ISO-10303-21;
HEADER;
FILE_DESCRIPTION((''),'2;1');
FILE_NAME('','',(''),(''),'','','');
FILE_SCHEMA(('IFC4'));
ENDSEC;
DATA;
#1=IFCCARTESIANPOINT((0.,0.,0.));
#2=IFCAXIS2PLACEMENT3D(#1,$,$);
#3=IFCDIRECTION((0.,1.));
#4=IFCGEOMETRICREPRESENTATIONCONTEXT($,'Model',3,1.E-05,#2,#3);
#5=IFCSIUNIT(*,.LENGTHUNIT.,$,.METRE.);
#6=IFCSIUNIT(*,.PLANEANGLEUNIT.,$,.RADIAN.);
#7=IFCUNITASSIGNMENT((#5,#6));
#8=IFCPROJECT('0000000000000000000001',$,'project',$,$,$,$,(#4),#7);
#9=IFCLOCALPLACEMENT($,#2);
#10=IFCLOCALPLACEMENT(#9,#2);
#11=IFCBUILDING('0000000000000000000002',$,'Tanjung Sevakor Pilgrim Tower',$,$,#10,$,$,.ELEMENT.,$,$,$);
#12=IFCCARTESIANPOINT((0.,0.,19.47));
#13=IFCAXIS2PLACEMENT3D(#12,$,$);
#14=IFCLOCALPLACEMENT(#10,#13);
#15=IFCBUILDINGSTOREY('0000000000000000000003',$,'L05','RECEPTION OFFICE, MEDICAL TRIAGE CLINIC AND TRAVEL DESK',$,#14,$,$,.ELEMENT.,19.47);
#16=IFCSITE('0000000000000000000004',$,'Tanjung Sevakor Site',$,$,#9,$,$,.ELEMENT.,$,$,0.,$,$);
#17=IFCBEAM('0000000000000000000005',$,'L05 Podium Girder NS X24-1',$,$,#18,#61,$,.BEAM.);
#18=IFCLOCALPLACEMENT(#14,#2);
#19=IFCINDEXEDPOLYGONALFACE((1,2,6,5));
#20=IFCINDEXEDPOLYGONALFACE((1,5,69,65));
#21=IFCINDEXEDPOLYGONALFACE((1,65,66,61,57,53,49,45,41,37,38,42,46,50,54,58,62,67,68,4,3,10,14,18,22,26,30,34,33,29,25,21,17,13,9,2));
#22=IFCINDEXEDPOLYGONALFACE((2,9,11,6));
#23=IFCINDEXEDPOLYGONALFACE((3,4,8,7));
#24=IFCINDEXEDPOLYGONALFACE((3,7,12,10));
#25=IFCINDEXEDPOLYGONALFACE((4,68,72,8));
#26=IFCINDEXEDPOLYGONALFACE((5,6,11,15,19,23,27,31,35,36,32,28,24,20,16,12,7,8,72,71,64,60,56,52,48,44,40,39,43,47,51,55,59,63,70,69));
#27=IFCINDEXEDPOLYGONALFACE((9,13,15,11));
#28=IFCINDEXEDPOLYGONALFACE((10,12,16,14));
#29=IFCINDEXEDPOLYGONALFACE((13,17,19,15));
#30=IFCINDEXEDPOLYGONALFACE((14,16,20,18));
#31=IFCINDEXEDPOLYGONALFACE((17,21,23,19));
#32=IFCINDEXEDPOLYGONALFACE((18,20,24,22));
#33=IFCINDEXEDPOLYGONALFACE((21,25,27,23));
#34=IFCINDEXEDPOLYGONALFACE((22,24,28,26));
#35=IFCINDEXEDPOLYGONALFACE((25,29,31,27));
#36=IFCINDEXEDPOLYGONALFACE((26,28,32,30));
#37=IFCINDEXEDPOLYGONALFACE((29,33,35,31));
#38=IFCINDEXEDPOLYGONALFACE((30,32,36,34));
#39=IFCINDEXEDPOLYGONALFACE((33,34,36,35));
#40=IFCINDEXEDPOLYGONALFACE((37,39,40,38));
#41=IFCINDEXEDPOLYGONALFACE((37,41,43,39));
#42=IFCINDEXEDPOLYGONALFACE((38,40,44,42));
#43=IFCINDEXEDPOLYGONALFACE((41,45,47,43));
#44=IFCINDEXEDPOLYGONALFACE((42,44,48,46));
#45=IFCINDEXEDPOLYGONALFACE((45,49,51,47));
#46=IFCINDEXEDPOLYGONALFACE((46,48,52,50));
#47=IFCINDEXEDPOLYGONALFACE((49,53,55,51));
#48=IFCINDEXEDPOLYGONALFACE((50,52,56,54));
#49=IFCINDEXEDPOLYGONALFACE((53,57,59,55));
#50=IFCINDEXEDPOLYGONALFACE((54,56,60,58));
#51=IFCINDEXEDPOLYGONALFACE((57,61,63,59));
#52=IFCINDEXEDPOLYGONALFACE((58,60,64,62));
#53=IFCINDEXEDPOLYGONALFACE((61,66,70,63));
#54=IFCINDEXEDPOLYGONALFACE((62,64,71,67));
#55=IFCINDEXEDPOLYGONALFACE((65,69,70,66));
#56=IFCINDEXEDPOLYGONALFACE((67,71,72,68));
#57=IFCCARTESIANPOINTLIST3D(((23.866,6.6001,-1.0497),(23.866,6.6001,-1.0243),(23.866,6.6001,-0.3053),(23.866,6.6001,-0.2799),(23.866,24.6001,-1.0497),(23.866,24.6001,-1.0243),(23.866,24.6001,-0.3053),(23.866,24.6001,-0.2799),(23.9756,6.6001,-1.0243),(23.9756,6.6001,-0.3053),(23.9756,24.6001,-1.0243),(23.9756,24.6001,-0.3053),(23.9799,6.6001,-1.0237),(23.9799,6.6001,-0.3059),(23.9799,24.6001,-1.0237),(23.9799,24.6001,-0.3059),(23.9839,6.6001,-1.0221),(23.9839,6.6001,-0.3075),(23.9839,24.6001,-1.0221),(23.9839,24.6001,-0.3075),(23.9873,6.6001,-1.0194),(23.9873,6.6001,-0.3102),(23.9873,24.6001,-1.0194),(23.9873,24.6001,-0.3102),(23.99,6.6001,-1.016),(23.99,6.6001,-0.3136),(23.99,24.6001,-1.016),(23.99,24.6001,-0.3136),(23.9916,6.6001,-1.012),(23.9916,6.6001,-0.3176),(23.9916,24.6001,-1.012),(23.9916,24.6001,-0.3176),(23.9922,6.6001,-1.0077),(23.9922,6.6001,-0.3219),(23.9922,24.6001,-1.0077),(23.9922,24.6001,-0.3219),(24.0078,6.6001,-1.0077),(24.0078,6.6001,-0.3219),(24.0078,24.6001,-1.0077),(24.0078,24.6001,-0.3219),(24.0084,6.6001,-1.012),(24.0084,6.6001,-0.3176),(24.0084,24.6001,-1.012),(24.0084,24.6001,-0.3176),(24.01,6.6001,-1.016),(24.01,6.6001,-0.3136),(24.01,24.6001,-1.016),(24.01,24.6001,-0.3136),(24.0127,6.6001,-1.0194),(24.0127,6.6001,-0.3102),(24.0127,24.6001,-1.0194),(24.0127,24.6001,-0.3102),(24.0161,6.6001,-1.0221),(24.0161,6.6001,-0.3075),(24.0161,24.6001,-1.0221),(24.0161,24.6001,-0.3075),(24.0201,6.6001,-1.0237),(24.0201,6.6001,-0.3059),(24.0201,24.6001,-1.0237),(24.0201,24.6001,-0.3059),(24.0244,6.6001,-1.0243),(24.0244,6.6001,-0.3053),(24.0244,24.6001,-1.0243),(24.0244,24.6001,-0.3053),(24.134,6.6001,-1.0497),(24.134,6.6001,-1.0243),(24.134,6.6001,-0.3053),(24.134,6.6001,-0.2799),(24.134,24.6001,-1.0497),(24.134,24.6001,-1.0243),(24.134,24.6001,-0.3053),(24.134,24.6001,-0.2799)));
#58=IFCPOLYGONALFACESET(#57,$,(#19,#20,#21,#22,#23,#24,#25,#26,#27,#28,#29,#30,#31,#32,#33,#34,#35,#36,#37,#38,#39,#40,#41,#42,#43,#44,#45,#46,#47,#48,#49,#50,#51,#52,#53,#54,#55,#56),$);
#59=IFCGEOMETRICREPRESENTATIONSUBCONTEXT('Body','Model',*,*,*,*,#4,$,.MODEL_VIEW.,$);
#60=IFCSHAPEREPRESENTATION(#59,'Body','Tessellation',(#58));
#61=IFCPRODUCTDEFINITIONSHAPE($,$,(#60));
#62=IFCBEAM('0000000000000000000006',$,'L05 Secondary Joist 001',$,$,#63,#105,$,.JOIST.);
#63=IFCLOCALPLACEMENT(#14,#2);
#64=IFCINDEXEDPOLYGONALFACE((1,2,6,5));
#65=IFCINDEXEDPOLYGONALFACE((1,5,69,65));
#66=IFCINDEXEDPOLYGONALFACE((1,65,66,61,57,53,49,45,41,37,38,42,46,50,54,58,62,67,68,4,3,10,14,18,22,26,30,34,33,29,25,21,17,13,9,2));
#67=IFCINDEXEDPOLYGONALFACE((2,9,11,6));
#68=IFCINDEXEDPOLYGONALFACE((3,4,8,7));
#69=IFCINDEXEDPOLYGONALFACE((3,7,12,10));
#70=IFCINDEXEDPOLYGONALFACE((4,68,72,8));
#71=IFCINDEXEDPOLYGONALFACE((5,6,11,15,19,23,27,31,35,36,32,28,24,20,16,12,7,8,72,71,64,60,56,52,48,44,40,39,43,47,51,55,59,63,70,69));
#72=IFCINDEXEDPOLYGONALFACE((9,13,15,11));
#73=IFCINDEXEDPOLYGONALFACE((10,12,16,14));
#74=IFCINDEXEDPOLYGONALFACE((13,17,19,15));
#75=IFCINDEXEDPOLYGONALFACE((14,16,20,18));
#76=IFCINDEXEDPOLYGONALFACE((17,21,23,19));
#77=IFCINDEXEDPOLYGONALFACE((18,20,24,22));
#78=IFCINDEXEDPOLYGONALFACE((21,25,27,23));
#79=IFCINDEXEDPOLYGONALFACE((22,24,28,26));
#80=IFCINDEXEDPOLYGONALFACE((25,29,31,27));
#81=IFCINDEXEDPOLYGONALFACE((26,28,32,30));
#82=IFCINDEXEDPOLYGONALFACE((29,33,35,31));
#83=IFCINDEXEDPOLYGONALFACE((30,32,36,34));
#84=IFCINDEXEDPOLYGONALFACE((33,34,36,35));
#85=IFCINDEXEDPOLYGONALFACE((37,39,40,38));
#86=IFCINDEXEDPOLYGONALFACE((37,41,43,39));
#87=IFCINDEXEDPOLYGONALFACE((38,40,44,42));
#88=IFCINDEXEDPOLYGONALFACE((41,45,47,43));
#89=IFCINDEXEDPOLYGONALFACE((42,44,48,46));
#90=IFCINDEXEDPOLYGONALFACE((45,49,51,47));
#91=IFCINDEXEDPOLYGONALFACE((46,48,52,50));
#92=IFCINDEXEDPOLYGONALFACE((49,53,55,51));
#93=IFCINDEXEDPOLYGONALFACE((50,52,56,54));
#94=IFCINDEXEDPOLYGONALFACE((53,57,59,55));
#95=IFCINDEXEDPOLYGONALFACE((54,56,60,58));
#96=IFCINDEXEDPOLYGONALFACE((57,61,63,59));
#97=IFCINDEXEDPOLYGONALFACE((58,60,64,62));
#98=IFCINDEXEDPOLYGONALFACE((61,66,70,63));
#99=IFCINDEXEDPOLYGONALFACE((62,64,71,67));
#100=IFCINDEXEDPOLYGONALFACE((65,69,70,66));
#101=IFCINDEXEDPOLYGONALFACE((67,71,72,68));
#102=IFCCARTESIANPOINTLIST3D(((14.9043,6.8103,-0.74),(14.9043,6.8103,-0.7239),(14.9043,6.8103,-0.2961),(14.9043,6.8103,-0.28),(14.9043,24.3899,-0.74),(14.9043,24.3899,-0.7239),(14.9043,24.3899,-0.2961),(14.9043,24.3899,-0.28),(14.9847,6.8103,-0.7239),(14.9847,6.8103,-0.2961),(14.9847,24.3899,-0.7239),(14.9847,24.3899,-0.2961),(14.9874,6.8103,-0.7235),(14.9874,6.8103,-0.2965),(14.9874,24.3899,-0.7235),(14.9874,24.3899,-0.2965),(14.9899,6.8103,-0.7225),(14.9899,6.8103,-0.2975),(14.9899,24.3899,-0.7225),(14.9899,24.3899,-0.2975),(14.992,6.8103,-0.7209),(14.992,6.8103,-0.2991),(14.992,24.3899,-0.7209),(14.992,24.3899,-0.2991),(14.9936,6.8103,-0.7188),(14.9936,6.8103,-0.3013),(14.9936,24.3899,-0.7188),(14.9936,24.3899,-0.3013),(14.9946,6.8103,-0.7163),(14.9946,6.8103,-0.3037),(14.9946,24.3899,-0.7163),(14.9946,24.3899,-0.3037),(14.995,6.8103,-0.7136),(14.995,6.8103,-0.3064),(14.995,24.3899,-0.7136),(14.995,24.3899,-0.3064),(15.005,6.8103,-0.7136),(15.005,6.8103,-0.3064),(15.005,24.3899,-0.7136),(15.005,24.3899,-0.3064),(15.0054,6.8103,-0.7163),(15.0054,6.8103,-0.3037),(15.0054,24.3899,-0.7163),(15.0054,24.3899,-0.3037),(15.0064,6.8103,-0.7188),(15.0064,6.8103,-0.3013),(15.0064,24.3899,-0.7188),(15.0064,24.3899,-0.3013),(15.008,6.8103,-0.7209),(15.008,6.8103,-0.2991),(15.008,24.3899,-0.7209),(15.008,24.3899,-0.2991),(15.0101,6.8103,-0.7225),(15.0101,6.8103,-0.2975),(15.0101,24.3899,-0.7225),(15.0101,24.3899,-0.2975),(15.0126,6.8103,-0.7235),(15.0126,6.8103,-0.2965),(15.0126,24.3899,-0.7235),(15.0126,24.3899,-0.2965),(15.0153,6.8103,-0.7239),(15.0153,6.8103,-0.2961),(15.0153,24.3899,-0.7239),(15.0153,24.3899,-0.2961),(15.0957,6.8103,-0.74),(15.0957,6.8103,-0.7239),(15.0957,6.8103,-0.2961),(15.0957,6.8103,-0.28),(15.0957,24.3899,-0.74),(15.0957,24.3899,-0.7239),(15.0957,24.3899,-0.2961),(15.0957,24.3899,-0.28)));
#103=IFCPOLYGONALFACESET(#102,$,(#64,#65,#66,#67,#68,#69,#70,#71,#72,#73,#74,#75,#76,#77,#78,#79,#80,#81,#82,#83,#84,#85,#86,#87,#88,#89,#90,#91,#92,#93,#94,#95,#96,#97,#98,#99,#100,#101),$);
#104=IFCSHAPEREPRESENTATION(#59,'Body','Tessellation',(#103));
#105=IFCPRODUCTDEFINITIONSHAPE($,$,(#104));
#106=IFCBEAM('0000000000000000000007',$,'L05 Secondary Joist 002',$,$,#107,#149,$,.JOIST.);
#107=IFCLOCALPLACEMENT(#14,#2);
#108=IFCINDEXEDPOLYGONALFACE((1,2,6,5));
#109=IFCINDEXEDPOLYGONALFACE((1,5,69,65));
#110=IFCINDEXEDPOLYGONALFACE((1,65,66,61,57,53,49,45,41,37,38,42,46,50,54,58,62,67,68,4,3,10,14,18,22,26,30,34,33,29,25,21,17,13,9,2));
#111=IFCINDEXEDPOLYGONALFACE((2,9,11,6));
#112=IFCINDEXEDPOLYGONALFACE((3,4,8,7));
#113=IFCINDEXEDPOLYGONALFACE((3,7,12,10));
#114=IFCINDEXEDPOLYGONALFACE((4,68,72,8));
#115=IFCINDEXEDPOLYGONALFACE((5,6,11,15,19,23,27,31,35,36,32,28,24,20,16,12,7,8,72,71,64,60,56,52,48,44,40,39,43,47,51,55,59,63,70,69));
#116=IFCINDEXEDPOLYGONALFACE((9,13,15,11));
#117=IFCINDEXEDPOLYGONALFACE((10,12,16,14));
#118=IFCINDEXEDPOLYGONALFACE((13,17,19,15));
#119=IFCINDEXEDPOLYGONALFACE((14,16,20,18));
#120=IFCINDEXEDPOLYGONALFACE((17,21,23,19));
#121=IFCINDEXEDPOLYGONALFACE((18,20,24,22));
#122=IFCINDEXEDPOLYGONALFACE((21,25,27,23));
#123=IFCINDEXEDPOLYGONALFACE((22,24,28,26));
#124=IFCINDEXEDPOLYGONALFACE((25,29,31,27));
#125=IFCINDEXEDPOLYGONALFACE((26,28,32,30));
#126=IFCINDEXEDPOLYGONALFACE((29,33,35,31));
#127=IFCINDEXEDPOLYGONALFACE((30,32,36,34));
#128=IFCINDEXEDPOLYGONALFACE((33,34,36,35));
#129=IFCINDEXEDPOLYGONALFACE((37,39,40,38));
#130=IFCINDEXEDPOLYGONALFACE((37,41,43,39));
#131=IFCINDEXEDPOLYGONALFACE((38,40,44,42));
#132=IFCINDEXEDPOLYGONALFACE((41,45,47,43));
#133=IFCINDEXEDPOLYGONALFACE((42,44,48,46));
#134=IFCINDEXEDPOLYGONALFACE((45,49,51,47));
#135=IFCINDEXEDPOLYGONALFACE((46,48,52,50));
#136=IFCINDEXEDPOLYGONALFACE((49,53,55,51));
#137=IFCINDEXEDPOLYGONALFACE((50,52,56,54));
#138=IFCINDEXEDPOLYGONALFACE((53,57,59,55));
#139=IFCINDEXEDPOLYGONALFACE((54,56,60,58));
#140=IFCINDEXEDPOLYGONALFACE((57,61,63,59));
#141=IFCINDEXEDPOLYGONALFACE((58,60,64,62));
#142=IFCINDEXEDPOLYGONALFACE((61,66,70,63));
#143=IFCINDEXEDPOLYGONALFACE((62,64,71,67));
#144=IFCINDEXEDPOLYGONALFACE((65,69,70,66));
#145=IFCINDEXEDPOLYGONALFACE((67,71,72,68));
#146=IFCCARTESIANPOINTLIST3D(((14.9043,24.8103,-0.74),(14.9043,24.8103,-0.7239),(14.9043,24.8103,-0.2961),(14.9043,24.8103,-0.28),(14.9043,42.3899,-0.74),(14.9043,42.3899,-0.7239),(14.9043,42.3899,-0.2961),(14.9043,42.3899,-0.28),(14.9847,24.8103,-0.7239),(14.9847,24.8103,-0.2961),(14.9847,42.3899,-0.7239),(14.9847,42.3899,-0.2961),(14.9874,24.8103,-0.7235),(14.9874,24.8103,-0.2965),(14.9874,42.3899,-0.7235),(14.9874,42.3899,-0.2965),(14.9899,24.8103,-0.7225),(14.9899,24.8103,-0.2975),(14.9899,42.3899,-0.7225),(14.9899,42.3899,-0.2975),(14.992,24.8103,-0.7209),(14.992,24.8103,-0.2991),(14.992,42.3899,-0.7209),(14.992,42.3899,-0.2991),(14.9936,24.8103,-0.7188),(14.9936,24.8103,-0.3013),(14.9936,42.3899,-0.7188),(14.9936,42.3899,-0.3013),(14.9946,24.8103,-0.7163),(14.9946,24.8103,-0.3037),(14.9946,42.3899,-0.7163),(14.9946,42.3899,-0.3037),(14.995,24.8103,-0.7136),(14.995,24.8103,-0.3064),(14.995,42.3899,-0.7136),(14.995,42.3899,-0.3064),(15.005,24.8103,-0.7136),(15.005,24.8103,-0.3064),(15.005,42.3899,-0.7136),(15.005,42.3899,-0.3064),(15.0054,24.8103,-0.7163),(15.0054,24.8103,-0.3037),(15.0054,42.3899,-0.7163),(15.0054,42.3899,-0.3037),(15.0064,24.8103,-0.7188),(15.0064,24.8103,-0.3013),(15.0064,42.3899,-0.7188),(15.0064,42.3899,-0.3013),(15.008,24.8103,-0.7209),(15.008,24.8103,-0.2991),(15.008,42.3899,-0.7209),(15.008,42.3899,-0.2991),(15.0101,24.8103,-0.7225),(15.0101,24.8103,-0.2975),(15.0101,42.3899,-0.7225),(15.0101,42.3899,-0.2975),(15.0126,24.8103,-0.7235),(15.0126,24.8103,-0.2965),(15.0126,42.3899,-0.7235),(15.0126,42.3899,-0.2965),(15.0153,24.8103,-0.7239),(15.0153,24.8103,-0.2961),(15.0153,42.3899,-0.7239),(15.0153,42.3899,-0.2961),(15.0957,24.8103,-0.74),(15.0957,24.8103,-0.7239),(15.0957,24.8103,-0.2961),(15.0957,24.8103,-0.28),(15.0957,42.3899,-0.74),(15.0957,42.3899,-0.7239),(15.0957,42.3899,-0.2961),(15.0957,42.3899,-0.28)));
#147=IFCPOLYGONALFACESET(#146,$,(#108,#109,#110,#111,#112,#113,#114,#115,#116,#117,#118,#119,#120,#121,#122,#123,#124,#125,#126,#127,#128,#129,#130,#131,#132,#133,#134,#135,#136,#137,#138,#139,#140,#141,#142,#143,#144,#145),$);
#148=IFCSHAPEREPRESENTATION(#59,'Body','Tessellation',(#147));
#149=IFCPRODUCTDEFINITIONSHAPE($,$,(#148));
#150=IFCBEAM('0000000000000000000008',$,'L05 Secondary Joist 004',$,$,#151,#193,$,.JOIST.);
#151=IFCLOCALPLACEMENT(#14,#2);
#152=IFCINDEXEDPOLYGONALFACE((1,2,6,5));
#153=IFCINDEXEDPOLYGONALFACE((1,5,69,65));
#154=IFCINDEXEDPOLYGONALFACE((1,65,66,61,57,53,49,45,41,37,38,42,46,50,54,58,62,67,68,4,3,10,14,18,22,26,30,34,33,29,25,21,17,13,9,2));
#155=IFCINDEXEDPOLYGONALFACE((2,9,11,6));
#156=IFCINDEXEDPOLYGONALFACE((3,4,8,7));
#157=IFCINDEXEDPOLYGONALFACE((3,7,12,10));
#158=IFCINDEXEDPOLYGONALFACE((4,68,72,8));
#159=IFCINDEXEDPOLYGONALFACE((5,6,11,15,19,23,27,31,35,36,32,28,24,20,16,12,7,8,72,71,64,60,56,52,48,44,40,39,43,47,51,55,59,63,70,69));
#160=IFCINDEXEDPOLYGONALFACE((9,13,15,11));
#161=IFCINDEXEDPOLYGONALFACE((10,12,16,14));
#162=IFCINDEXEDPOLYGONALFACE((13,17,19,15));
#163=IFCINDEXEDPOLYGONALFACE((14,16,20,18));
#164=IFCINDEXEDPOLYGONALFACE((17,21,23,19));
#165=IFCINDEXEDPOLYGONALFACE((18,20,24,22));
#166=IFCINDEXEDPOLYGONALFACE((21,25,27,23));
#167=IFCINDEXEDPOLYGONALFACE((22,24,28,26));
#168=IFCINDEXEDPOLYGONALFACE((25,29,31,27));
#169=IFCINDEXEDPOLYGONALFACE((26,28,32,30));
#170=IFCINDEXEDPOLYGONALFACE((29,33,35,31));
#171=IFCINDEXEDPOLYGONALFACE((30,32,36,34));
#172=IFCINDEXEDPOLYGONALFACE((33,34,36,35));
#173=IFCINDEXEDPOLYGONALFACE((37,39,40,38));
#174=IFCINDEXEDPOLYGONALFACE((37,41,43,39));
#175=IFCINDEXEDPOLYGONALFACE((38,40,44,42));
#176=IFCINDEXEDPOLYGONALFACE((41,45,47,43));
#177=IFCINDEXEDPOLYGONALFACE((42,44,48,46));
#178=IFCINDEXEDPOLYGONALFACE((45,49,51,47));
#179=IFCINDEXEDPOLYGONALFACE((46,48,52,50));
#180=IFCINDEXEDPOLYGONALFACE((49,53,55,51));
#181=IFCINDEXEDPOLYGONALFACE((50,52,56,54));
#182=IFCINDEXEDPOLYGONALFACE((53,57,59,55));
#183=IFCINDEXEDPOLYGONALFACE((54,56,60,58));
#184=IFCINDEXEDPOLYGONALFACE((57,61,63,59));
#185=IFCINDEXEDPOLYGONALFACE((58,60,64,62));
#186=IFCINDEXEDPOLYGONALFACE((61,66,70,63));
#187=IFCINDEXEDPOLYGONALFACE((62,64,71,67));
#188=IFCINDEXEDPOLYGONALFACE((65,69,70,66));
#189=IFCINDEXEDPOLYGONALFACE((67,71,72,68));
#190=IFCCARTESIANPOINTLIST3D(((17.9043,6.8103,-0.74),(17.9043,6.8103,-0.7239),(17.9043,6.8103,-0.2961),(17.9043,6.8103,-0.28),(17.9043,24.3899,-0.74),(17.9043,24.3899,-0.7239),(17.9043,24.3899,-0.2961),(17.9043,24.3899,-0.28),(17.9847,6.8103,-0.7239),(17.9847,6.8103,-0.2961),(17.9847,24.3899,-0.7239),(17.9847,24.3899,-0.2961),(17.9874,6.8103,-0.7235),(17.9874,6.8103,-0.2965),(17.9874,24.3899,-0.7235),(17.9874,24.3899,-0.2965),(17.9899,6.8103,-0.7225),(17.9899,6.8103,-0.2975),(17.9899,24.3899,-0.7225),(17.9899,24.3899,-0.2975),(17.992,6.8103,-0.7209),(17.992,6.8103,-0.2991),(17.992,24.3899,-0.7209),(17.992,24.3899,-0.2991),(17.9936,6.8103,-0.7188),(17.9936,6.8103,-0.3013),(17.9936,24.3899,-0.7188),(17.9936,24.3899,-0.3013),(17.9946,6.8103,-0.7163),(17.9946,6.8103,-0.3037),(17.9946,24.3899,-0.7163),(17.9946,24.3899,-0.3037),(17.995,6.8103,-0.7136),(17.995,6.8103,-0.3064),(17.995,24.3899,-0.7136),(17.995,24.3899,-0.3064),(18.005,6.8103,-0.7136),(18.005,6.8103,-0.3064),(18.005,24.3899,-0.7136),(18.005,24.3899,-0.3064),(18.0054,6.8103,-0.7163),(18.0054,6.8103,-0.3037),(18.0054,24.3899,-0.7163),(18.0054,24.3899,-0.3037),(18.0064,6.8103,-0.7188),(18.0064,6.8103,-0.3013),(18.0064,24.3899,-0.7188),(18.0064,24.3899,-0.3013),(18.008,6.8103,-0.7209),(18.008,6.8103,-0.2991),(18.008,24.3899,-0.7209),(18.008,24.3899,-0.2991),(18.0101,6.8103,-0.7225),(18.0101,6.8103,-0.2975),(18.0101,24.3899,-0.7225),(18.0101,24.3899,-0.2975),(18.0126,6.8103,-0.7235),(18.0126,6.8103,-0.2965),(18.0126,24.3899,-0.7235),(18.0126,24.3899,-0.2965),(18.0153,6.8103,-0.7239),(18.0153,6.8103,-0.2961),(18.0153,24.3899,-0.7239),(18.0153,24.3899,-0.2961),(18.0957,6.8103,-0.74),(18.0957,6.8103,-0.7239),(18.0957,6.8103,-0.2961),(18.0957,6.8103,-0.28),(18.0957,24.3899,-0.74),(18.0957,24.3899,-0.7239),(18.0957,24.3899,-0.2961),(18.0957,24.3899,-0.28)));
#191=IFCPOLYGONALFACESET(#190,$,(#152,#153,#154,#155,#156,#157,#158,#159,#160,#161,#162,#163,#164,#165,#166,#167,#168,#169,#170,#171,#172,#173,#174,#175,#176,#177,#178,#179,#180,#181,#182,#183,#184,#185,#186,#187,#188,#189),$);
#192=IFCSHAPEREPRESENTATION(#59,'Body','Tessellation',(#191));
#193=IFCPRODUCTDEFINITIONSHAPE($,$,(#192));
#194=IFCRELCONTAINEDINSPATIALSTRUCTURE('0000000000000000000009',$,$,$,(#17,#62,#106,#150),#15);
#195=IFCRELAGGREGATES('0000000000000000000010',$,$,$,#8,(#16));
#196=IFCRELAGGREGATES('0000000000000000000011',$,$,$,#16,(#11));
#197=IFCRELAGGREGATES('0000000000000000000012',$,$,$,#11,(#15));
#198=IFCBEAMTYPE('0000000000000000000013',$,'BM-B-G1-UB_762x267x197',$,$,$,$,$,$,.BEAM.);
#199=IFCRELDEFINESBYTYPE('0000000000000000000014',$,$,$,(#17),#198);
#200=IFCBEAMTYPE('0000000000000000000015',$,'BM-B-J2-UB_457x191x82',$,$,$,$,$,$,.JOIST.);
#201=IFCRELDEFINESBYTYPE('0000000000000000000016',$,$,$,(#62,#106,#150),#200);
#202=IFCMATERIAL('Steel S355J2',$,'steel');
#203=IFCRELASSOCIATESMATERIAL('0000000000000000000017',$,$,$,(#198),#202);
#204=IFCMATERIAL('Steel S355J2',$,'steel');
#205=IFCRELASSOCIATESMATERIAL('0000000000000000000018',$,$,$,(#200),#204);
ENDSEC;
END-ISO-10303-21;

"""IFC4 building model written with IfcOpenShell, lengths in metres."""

from ifc_helpers import new_model, si_unit, direction, frame, origin, origin_2d, place, context, subcontext, project, spatial, i_section, extrude, material, material_profile, profile_set, type_object, element, save


model = new_model("IFC4")

# Units and contexts
model_context = context("Model", 3, precision=1e-05, world=origin(), true_north=direction((0.0, 1.0)))
body_context = subcontext(model_context, "Body", "Model", "MODEL_VIEW")
ifc_project = project(units=[si_unit("LENGTHUNIT", "METRE"), si_unit("PLANEANGLEUNIT", "RADIAN")], contexts=[model_context])

# Site, building, storey
site_placement = place(None, origin())
site = spatial("IfcSite", under=ifc_project, at=site_placement, Name="Tanjung Sevakor Site", CompositionType="ELEMENT", RefElevation=0.0)
building_placement = place(site_placement, origin())
building = spatial("IfcBuilding", under=site, at=building_placement, Name="Tanjung Sevakor Pilgrim Tower", CompositionType="ELEMENT")
storey_placement = place(building_placement, frame((0.0, 0.0, 19.47)))
storey = spatial("IfcBuildingStorey", under=building, at=storey_placement, Name="L05", Description="RECEPTION OFFICE, MEDICAL TRIAGE CLINIC AND TRAVEL DESK", CompositionType="ELEMENT", Elevation=19.47)

# Beams
ifc_material_1 = material(Name="Steel S355J2", Category="steel")
ifc_material_profile_1 = material_profile(ifc_material_1, i_section(OverallWidth=0.2681, OverallDepth=0.7698, WebThickness=0.0156, FlangeThickness=0.0254, FilletRadius=0.0166, at=origin_2d()))
ifc_profile_set_1 = profile_set([ifc_material_profile_1], Name="Steel S355J2")
beam_type_1 = type_object("IfcBeamType", Name="BM-B-G1-UB_762x267x197", PredefinedType="BEAM", material=ifc_profile_set_1)
for number, where, z_axis, x_axis, name in (
    (1, (24.0, 6.6001, -0.6648), (0.0, 1.0, 0.0), (-1.0, 0.0, 0.0), "L05 Podium Girder NS X24-1"),
):
    element("IfcBeam", number, at=place(storey_placement, frame(where, z_axis=z_axis, x_axis=x_axis)), inside=storey, type_object=beam_type_1, Name=name, PredefinedType="BEAM", context=body_context, shape_type="SweptSolid", body=[
        extrude(i_section(OverallWidth=0.2681, OverallDepth=0.7698, WebThickness=0.0156, FlangeThickness=0.0254, FilletRadius=0.0166, at=origin_2d()), origin(), (0.0, 0.0, 1.0), 18.0),
    ])
ifc_material_2 = material(Name="Steel S355J2", Category="steel")
ifc_material_profile_2 = material_profile(ifc_material_2, i_section(OverallWidth=0.1914, OverallDepth=0.46, WebThickness=0.01, FlangeThickness=0.0161, FilletRadius=0.0103, at=origin_2d()))
ifc_profile_set_2 = profile_set([ifc_material_profile_2], Name="Steel S355J2")
beam_type_2 = type_object("IfcBeamType", Name="BM-B-J2-UB_457x191x82", PredefinedType="JOIST", material=ifc_profile_set_2)
for number, where, z_axis, x_axis, name in (
    (2, (15.0, 6.8103, -0.51), (0.0, 1.0, 0.0), (-1.0, 0.0, 0.0), "L05 Secondary Joist 001"),
    (3, (15.0, 24.8103, -0.51), (0.0, 1.0, 0.0), (-1.0, 0.0, 0.0), "L05 Secondary Joist 002"),
    (4, (18.0, 6.8103, -0.51), (0.0, 1.0, 0.0), (-1.0, 0.0, 0.0), "L05 Secondary Joist 004"),
):
    element("IfcBeam", number, at=place(storey_placement, frame(where, z_axis=z_axis, x_axis=x_axis)), inside=storey, type_object=beam_type_2, Name=name, PredefinedType="JOIST", context=body_context, shape_type="SweptSolid", body=[
        extrude(i_section(OverallWidth=0.1914, OverallDepth=0.46, WebThickness=0.01, FlangeThickness=0.0161, FilletRadius=0.0103, at=origin_2d()), origin(), (0.0, 0.0, 1.0), 17.5796),
    ])

save(model, "model.ifc")
